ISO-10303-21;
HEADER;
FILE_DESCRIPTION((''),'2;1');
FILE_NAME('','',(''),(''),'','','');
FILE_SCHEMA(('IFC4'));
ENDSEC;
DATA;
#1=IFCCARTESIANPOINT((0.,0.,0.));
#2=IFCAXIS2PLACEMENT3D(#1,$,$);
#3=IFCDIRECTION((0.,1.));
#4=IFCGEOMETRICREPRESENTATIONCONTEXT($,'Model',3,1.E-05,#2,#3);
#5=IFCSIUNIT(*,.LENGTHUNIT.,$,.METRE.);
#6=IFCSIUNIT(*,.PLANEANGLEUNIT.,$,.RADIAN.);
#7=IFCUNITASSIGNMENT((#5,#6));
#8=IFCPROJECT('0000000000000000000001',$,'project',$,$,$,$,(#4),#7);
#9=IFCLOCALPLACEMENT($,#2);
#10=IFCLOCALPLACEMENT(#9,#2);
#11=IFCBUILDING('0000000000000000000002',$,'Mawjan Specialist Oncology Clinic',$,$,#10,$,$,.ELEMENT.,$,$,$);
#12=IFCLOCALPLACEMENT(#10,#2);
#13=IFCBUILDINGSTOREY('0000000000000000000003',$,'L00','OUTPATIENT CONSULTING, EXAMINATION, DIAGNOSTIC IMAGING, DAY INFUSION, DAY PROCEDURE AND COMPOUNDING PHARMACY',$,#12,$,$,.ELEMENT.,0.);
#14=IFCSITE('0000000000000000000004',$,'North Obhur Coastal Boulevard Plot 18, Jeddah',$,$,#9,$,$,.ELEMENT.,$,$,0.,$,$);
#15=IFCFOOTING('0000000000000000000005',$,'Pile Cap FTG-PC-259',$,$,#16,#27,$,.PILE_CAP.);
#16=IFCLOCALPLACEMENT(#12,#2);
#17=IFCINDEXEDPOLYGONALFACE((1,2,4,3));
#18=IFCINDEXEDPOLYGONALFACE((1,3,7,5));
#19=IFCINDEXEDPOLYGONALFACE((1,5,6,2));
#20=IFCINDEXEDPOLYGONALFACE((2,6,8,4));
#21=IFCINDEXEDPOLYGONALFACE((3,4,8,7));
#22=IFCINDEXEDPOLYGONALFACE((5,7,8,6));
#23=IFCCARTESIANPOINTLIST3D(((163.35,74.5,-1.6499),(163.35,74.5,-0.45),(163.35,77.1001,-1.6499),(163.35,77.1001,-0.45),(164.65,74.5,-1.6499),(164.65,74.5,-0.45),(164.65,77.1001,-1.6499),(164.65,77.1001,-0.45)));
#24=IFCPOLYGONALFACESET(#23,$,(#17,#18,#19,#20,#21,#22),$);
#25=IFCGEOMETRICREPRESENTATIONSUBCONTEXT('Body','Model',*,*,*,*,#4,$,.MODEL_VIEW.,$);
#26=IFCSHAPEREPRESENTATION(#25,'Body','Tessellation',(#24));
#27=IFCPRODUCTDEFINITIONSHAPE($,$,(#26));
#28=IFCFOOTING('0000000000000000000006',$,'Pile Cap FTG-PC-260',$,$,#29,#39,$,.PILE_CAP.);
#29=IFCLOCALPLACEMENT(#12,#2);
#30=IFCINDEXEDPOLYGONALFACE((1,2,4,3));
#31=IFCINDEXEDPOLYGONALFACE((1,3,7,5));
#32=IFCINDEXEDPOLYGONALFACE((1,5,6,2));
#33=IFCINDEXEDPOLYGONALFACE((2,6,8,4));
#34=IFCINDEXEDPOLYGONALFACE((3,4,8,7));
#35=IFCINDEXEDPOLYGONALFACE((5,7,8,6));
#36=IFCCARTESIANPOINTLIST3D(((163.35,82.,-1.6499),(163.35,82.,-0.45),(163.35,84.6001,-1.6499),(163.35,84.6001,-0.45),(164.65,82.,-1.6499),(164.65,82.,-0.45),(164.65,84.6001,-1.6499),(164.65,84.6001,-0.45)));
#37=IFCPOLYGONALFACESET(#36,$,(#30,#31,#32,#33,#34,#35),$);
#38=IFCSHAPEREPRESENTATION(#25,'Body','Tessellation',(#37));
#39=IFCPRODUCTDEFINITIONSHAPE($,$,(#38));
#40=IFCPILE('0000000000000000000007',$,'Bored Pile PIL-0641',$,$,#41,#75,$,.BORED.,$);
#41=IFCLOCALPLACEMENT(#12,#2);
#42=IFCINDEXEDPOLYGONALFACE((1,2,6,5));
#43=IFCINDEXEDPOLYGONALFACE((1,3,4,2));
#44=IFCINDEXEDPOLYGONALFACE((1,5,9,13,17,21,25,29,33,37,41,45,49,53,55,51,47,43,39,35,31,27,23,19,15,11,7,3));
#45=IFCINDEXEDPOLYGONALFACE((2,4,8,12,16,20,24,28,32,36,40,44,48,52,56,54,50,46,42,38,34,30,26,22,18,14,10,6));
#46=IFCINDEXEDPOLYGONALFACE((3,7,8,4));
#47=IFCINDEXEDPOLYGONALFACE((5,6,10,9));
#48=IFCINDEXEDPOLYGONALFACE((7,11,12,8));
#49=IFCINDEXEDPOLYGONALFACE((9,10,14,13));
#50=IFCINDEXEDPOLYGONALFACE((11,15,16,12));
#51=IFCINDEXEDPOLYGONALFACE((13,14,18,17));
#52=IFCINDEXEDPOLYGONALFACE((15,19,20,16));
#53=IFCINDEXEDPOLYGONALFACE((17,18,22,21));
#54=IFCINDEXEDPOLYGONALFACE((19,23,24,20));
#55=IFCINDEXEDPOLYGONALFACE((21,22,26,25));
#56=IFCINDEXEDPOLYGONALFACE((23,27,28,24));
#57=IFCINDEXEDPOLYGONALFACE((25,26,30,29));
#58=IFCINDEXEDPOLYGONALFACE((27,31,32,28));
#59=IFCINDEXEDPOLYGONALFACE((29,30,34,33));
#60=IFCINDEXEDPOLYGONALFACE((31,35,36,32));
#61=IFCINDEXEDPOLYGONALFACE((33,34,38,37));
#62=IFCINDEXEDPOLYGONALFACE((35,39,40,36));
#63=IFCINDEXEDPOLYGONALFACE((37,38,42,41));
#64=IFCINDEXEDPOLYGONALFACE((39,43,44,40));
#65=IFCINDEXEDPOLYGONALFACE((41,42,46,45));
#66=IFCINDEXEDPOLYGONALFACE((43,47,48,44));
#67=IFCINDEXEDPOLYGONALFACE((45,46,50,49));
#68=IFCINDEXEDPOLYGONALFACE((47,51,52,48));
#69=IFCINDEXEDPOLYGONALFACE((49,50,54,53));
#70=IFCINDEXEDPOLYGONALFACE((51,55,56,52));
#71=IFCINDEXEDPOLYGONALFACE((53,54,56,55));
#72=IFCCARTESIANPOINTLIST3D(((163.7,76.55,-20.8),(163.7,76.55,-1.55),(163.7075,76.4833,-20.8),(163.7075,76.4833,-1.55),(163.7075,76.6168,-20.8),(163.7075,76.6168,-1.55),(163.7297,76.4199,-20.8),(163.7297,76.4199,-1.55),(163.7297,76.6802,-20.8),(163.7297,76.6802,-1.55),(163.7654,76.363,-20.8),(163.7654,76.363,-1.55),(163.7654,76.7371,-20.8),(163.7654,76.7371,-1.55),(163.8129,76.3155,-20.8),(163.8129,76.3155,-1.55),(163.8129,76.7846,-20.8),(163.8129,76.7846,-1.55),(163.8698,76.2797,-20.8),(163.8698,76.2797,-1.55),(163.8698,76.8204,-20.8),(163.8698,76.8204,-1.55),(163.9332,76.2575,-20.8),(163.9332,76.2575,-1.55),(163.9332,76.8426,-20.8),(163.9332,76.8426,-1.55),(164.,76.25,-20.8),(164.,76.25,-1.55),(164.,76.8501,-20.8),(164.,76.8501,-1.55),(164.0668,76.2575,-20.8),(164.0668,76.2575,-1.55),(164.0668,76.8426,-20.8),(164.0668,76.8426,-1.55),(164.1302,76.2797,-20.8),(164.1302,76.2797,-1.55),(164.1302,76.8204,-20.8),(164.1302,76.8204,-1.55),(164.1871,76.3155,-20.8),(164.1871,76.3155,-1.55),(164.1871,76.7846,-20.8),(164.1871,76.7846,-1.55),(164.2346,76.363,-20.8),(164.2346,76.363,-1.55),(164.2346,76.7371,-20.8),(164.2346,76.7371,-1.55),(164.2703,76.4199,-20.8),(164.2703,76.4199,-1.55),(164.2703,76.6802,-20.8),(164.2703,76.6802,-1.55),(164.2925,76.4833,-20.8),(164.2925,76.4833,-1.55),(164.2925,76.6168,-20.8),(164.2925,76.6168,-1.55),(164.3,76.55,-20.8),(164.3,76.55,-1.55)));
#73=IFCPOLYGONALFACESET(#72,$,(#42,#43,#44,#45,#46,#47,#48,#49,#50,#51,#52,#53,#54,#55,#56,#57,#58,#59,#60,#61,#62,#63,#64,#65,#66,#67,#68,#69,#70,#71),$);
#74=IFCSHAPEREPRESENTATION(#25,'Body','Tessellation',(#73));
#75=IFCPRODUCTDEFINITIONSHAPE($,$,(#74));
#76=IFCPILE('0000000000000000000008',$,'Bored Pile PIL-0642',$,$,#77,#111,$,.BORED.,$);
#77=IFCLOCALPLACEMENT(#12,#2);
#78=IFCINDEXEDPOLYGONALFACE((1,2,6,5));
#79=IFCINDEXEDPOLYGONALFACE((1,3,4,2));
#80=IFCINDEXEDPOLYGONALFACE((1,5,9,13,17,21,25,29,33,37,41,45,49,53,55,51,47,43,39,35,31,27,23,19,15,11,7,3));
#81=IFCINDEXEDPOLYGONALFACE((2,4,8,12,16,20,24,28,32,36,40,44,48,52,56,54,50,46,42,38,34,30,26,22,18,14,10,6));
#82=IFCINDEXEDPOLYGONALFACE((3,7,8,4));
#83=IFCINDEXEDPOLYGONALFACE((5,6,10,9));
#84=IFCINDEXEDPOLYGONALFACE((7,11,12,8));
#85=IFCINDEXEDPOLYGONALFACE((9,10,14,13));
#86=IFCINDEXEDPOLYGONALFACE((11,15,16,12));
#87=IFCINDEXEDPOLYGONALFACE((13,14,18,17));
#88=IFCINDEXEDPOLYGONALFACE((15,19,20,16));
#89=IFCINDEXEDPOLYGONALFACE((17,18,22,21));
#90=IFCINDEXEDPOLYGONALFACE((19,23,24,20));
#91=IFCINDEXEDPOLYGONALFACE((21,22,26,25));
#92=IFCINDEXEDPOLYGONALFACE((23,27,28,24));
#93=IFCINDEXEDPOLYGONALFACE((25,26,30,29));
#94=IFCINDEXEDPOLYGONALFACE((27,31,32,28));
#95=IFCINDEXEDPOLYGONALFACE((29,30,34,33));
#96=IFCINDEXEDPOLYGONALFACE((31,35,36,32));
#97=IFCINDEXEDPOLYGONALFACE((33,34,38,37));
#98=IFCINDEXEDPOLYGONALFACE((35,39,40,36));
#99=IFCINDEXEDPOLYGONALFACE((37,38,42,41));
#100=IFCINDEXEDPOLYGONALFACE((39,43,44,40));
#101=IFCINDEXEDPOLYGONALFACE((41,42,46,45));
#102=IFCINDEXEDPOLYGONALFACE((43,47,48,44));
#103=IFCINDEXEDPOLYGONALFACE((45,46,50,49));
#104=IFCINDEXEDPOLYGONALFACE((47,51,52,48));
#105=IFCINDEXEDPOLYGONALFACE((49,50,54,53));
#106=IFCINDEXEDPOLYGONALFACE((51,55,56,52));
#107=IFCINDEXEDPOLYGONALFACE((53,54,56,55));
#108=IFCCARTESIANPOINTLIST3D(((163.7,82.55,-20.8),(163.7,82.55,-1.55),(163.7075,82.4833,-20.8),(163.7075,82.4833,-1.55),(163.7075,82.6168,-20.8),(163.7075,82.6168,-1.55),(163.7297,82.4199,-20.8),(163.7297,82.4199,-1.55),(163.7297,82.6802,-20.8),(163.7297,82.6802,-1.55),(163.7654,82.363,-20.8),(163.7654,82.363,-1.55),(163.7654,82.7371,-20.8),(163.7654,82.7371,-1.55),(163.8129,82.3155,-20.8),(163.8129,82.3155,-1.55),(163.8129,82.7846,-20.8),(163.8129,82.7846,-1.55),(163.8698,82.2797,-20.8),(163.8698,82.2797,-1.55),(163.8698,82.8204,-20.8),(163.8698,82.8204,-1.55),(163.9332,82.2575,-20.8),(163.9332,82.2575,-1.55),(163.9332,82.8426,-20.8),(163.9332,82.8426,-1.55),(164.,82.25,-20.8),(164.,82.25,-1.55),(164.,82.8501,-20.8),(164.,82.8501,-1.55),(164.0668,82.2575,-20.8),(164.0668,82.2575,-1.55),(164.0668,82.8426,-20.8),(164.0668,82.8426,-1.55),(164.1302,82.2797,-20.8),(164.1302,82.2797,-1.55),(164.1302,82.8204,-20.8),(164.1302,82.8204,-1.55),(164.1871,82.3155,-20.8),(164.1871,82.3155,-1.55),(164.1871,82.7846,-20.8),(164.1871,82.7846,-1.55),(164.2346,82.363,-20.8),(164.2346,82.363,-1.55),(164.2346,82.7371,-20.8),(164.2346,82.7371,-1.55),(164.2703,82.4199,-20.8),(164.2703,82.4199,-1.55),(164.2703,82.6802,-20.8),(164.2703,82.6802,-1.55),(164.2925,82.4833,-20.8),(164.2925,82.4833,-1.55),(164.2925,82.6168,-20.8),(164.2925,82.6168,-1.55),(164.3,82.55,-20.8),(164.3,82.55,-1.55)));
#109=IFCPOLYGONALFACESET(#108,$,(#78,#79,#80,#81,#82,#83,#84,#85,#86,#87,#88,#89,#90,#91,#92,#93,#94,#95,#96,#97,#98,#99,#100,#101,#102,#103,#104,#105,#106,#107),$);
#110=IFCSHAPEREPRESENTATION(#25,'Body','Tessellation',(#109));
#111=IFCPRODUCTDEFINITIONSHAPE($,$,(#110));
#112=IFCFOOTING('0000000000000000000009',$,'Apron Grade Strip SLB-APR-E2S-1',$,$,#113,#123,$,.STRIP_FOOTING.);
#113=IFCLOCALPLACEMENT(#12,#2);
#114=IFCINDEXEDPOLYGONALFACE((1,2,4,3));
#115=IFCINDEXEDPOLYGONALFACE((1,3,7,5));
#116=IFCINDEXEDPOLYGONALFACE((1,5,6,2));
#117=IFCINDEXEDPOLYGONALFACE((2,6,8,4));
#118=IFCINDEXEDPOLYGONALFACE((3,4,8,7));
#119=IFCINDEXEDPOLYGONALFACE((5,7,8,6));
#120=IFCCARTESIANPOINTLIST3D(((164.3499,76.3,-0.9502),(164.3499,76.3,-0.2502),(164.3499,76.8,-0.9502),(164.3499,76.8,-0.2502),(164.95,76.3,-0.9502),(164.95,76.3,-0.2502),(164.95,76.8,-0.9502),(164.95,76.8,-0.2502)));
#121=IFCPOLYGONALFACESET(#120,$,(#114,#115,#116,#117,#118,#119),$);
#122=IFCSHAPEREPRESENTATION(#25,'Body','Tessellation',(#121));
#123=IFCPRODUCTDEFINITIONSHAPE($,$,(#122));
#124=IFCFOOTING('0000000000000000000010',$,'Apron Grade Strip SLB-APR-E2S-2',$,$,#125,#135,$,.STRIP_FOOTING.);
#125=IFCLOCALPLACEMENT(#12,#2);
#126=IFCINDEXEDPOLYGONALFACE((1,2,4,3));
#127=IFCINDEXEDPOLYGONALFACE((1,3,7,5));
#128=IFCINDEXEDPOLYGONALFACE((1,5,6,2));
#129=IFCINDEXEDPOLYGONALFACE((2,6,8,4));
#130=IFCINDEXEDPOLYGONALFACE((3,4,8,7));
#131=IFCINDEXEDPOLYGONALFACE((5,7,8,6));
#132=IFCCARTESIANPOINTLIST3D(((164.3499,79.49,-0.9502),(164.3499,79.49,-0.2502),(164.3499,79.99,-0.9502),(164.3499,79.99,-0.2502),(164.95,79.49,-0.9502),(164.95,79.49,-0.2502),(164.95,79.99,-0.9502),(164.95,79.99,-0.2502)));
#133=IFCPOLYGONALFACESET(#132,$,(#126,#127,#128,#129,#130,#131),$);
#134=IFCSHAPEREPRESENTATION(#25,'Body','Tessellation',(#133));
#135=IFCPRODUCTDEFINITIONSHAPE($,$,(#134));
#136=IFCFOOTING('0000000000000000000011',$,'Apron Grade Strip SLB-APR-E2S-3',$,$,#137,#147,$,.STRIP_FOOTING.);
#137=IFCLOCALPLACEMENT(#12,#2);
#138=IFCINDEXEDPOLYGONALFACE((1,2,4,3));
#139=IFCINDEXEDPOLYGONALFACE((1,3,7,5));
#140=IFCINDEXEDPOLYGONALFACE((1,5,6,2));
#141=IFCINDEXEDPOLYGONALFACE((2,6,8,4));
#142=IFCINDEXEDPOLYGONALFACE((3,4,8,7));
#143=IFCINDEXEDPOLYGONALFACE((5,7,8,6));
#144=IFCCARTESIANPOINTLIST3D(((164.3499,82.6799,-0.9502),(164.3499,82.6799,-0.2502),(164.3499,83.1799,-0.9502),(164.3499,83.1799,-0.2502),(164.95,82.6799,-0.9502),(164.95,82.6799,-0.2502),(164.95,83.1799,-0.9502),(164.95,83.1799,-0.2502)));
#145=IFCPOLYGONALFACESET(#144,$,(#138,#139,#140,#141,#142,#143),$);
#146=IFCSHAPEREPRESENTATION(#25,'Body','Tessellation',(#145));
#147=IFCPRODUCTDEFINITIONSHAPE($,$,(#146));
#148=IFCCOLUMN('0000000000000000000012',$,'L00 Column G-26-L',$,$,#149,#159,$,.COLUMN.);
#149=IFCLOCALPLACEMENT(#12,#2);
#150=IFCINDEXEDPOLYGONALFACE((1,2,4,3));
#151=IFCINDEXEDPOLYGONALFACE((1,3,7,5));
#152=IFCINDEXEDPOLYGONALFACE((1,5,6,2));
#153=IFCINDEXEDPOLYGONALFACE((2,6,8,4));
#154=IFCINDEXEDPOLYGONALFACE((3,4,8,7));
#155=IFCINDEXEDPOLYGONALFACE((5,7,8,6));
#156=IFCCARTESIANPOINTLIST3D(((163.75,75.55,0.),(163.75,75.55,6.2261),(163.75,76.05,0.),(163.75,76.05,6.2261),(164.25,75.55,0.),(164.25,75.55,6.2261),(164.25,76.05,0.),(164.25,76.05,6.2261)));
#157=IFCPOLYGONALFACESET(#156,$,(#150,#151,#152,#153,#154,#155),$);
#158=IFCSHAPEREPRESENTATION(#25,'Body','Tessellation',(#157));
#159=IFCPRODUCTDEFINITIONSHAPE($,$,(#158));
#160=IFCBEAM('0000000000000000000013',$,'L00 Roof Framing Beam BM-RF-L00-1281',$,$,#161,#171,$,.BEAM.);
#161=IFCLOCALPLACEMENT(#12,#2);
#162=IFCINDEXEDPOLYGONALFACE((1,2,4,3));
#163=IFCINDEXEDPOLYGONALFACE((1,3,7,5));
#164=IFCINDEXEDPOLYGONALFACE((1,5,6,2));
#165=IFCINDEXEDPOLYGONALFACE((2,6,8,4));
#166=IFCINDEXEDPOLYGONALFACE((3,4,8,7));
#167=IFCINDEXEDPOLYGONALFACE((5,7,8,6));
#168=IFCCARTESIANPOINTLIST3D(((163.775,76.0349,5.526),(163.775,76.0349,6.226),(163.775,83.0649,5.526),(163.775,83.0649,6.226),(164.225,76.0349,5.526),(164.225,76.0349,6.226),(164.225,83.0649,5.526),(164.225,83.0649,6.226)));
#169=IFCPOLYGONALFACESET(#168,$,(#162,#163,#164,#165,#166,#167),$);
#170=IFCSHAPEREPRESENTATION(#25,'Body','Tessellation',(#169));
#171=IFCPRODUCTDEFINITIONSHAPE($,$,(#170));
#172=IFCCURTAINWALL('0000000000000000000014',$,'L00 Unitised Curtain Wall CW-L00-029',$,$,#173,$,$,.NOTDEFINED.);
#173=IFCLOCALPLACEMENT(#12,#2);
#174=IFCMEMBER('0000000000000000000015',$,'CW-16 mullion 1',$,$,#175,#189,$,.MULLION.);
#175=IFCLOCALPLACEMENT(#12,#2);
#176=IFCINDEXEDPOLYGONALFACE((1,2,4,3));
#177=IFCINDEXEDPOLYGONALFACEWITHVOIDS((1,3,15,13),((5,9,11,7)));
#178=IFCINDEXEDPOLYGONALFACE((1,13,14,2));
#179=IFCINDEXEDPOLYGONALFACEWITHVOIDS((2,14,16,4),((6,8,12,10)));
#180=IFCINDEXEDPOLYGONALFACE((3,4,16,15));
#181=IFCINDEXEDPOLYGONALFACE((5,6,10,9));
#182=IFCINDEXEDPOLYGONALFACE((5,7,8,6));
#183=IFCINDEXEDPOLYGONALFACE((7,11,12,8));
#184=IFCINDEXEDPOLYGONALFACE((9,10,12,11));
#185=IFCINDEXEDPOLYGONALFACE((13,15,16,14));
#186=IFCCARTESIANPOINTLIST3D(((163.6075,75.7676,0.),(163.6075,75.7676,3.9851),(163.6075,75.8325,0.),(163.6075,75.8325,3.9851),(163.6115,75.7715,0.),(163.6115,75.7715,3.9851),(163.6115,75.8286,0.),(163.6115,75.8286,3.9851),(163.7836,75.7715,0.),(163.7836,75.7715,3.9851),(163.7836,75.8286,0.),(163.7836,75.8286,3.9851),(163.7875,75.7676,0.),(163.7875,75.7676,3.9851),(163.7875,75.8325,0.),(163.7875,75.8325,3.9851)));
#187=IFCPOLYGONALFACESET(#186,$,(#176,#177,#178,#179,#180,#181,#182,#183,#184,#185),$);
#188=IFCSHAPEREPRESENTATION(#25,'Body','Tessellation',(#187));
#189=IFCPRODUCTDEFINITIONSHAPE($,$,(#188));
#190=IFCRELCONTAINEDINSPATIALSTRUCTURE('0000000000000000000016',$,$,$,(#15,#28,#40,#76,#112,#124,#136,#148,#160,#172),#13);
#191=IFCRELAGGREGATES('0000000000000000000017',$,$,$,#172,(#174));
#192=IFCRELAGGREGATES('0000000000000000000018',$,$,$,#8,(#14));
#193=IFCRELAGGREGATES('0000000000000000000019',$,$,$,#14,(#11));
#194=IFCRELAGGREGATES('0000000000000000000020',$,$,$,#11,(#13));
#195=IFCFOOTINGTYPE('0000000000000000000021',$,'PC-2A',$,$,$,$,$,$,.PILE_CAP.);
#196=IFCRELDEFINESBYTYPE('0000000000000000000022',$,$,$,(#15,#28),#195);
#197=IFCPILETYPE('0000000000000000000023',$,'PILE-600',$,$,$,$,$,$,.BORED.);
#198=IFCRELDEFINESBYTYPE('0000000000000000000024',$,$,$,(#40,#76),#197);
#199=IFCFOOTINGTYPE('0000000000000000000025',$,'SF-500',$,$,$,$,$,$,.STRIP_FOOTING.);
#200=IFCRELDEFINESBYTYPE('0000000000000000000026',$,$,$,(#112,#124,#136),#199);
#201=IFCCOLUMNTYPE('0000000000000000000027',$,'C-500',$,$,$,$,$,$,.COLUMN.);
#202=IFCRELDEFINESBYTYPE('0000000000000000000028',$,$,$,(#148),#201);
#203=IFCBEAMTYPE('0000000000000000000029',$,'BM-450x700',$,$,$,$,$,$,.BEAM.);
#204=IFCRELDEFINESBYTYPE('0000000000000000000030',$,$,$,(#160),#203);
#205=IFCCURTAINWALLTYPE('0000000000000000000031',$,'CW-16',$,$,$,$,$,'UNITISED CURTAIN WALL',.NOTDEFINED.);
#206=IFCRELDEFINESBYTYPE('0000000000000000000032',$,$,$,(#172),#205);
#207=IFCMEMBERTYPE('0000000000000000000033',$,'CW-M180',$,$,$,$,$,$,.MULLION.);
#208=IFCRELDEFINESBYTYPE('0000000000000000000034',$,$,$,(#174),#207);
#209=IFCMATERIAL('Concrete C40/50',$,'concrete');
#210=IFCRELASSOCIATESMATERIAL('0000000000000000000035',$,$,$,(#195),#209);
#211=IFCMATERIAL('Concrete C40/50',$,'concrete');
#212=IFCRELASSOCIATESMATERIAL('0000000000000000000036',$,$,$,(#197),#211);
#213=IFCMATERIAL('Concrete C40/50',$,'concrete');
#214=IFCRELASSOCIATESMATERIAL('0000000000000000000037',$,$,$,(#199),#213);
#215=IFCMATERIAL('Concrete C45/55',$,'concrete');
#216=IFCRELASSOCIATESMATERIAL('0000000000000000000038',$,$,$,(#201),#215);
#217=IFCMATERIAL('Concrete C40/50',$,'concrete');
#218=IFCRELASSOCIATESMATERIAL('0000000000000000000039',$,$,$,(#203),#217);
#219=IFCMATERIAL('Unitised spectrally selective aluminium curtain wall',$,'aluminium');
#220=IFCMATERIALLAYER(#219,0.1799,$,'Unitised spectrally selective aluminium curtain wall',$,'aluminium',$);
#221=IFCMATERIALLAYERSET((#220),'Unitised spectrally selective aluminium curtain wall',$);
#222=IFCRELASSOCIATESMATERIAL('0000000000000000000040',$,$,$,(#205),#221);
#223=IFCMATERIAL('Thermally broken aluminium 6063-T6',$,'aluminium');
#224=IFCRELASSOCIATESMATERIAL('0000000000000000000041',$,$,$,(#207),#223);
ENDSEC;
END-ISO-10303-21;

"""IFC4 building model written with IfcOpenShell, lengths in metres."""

from ifc_helpers import new_model, si_unit, direction, frame, origin, origin_2d, place, context, subcontext, project, spatial, rectangle, hollow_rectangle, circle, extrude, material, layer, layer_set, material_profile, profile_set, type_object, element, aggregate, save


model = new_model("IFC4")

# Units and contexts
model_context = context("Model", 3, precision=1e-05, world=origin(), true_north=direction((0.0, 1.0)))
body_context = subcontext(model_context, "Body", "Model", "MODEL_VIEW")
ifc_project = project(units=[si_unit("LENGTHUNIT", "METRE"), si_unit("PLANEANGLEUNIT", "RADIAN")], contexts=[model_context])

# Site, building, storey
site_placement = place(None, origin())
site = spatial("IfcSite", under=ifc_project, at=site_placement, Name="North Obhur Coastal Boulevard Plot 18, Jeddah", CompositionType="ELEMENT", RefElevation=0.0)
building_placement = place(site_placement, origin())
building = spatial("IfcBuilding", under=site, at=building_placement, Name="Mawjan Specialist Oncology Clinic", CompositionType="ELEMENT")
storey_placement = place(building_placement, origin())
storey = spatial("IfcBuildingStorey", under=building, at=storey_placement, Name="L00", Description="OUTPATIENT CONSULTING, EXAMINATION, DIAGNOSTIC IMAGING, DAY INFUSION, DAY PROCEDURE AND COMPOUNDING PHARMACY", CompositionType="ELEMENT", Elevation=0.0)

# Footings
ifc_material_1 = material(Name="Concrete C40/50", Category="concrete")
footing_type_1 = type_object("IfcFootingType", Name="PC-2A", PredefinedType="PILE_CAP", material=ifc_material_1)
for number, where, z_axis, x_axis, name in (
    (1, (164.0, 75.8, -1.6499), (0.0, 0.0, 1.0), (0.0, 1.0, 0.0), "Pile Cap FTG-PC-259"),
    (2, (164.0, 83.3, -1.6499), (0.0, 0.0, 1.0), (0.0, 1.0, 0.0), "Pile Cap FTG-PC-260"),
):
    element("IfcFooting", number, at=place(storey_placement, frame(where, z_axis=z_axis, x_axis=x_axis)), inside=storey, type_object=footing_type_1, Name=name, PredefinedType="PILE_CAP", context=body_context, shape_type="SweptSolid", body=[
        extrude(rectangle(XDim=2.6001, YDim=1.3, at=origin_2d()), origin(), (0.0, 0.0, 1.0), 1.2),
    ])

# Piles
ifc_material_2 = material(Name="Concrete C40/50", Category="concrete")
ifc_material_profile_1 = material_profile(ifc_material_2, circle(Radius=0.3, at=origin_2d()), Name="BORED PILE D600", Category="concrete")
ifc_profile_set_1 = profile_set([ifc_material_profile_1], Name="Concrete C40/50")
pile_type = type_object("IfcPileType", Name="PILE-600", PredefinedType="BORED", material=ifc_profile_set_1)
for number, where, z_axis, x_axis, name in (
    (3, (164.0, 76.55, -1.55), (0.0, 0.0, -1.0), (1.0, 0.0, 0.0), "Bored Pile PIL-0641"),
    (4, (164.0, 82.55, -1.55), (0.0, 0.0, -1.0), (1.0, 0.0, 0.0), "Bored Pile PIL-0642"),
):
    element("IfcPile", number, at=place(storey_placement, frame(where, z_axis=z_axis, x_axis=x_axis)), inside=storey, type_object=pile_type, Name=name, PredefinedType="BORED", context=body_context, shape_type="SweptSolid", body=[
        extrude(circle(Radius=0.3, at=origin_2d()), origin(), (0.0, 0.0, 1.0), 19.25),
    ])

# Footings
ifc_material_3 = material(Name="Concrete C40/50", Category="concrete")
footing_type_2 = type_object("IfcFootingType", Name="SF-500", PredefinedType="STRIP_FOOTING", material=ifc_material_3)
for number, where, z_axis, x_axis, name in (
    (5, (164.6499, 76.55, -0.9502), (0.0, 0.0, 1.0), (1.0, 0.0, 0.0), "Apron Grade Strip SLB-APR-E2S-1"),
    (6, (164.6499, 79.74, -0.9502), (0.0, 0.0, 1.0), (1.0, 0.0, 0.0), "Apron Grade Strip SLB-APR-E2S-2"),
    (7, (164.6499, 82.9299, -0.9502), (0.0, 0.0, 1.0), (1.0, 0.0, 0.0), "Apron Grade Strip SLB-APR-E2S-3"),
):
    element("IfcFooting", number, at=place(storey_placement, frame(where, z_axis=z_axis, x_axis=x_axis)), inside=storey, type_object=footing_type_2, Name=name, PredefinedType="STRIP_FOOTING", context=body_context, shape_type="SweptSolid", body=[
        extrude(rectangle(XDim=0.6001, YDim=0.5, at=origin_2d()), origin(), (0.0, 0.0, 1.0), 0.7),
    ])

# Column
ifc_material_4 = material(Name="Concrete C45/55", Category="concrete")
ifc_material_profile_2 = material_profile(ifc_material_4, rectangle(XDim=0.5, YDim=0.5, at=origin_2d()), Name="RC COL 500x500", Category="concrete")
ifc_profile_set_2 = profile_set([ifc_material_profile_2], Name="Concrete C45/55")
column_type = type_object("IfcColumnType", Name="C-500", PredefinedType="COLUMN", material=ifc_profile_set_2)
column_placement = place(storey_placement, frame((164.0, 75.8, 0.0), z_axis=(0.0, 0.0, 1.0), x_axis=(1.0, 0.0, 0.0)))
element("IfcColumn", 8, at=column_placement, inside=storey, type_object=column_type, Name="L00 Column G-26-L", PredefinedType="COLUMN", context=body_context, shape_type="SweptSolid", body=[
    extrude(rectangle(XDim=0.5, YDim=0.5, at=origin_2d()), origin(), (0.0, 0.0, 1.0), 6.2261),
])

# Beam
ifc_material_5 = material(Name="Concrete C40/50", Category="concrete")
ifc_material_profile_3 = material_profile(ifc_material_5, rectangle(XDim=0.45, YDim=0.7, at=origin_2d()), Name="RC BM 450x700", Category="concrete")
ifc_profile_set_3 = profile_set([ifc_material_profile_3], Name="Concrete C40/50")
beam_type = type_object("IfcBeamType", Name="BM-450x700", PredefinedType="BEAM", material=ifc_profile_set_3)
beam_placement = place(storey_placement, frame((164.0, 76.0349, 5.876), z_axis=(0.0, 1.0, 0.0), x_axis=(-1.0, 0.0, 0.0)))
element("IfcBeam", 9, at=beam_placement, inside=storey, type_object=beam_type, Name="L00 Roof Framing Beam BM-RF-L00-1281", PredefinedType="BEAM", context=body_context, shape_type="SweptSolid", body=[
    extrude(rectangle(XDim=0.45, YDim=0.7, at=origin_2d()), origin(), (0.0, 0.0, 1.0), 7.03),
])

# Curtain wall, member
ifc_material_6 = material(Name="Unitised spectrally selective aluminium curtain wall", Category="aluminium")
ifc_layer_1 = layer(ifc_material_6, 0.1799, Name="Unitised spectrally selective aluminium curtain wall", Category="aluminium")
ifc_layer_set_1 = layer_set([ifc_layer_1], Name="Unitised spectrally selective aluminium curtain wall")
curtain_wall_type = type_object("IfcCurtainWallType", Name="CW-16", ElementType="UNITISED CURTAIN WALL", PredefinedType="NOTDEFINED", material=ifc_layer_set_1)
curtain_wall_placement = place(storey_placement, origin())
curtain_wall = element("IfcCurtainWall", 10, at=curtain_wall_placement, inside=storey, type_object=curtain_wall_type, Name="L00 Unitised Curtain Wall CW-L00-029", PredefinedType="NOTDEFINED")
ifc_material_7 = material(Name="Thermally broken aluminium 6063-T6", Category="aluminium")
ifc_material_profile_4 = material_profile(ifc_material_7, hollow_rectangle(XDim=0.0649, YDim=0.1799, WallThickness=0.0039, at=origin_2d()), Name="ALU MULLION 180x65x4", Category="aluminium")
ifc_profile_set_4 = profile_set([ifc_material_profile_4], Name="Thermally broken aluminium 6063-T6")
member_type_1 = type_object("IfcMemberType", Name="CW-M180", PredefinedType="MULLION", material=ifc_profile_set_4)
member_1_placement = place(storey_placement, frame((163.6975, 75.8, 0.0), z_axis=(0.0, 0.0, 1.0), x_axis=(0.0, -1.0, 0.0)))
member_1 = element("IfcMember", 11, at=member_1_placement, type_object=member_type_1, Name="CW-16 mullion 1", PredefinedType="MULLION", context=body_context, shape_type="SweptSolid", body=[
    extrude(hollow_rectangle(XDim=0.0649, YDim=0.1799, WallThickness=0.0039, at=origin_2d()), origin(), (0.0, 0.0, 1.0), 3.9851),
])
aggregate(curtain_wall, [member_1])

save(model, "model.ifc")
